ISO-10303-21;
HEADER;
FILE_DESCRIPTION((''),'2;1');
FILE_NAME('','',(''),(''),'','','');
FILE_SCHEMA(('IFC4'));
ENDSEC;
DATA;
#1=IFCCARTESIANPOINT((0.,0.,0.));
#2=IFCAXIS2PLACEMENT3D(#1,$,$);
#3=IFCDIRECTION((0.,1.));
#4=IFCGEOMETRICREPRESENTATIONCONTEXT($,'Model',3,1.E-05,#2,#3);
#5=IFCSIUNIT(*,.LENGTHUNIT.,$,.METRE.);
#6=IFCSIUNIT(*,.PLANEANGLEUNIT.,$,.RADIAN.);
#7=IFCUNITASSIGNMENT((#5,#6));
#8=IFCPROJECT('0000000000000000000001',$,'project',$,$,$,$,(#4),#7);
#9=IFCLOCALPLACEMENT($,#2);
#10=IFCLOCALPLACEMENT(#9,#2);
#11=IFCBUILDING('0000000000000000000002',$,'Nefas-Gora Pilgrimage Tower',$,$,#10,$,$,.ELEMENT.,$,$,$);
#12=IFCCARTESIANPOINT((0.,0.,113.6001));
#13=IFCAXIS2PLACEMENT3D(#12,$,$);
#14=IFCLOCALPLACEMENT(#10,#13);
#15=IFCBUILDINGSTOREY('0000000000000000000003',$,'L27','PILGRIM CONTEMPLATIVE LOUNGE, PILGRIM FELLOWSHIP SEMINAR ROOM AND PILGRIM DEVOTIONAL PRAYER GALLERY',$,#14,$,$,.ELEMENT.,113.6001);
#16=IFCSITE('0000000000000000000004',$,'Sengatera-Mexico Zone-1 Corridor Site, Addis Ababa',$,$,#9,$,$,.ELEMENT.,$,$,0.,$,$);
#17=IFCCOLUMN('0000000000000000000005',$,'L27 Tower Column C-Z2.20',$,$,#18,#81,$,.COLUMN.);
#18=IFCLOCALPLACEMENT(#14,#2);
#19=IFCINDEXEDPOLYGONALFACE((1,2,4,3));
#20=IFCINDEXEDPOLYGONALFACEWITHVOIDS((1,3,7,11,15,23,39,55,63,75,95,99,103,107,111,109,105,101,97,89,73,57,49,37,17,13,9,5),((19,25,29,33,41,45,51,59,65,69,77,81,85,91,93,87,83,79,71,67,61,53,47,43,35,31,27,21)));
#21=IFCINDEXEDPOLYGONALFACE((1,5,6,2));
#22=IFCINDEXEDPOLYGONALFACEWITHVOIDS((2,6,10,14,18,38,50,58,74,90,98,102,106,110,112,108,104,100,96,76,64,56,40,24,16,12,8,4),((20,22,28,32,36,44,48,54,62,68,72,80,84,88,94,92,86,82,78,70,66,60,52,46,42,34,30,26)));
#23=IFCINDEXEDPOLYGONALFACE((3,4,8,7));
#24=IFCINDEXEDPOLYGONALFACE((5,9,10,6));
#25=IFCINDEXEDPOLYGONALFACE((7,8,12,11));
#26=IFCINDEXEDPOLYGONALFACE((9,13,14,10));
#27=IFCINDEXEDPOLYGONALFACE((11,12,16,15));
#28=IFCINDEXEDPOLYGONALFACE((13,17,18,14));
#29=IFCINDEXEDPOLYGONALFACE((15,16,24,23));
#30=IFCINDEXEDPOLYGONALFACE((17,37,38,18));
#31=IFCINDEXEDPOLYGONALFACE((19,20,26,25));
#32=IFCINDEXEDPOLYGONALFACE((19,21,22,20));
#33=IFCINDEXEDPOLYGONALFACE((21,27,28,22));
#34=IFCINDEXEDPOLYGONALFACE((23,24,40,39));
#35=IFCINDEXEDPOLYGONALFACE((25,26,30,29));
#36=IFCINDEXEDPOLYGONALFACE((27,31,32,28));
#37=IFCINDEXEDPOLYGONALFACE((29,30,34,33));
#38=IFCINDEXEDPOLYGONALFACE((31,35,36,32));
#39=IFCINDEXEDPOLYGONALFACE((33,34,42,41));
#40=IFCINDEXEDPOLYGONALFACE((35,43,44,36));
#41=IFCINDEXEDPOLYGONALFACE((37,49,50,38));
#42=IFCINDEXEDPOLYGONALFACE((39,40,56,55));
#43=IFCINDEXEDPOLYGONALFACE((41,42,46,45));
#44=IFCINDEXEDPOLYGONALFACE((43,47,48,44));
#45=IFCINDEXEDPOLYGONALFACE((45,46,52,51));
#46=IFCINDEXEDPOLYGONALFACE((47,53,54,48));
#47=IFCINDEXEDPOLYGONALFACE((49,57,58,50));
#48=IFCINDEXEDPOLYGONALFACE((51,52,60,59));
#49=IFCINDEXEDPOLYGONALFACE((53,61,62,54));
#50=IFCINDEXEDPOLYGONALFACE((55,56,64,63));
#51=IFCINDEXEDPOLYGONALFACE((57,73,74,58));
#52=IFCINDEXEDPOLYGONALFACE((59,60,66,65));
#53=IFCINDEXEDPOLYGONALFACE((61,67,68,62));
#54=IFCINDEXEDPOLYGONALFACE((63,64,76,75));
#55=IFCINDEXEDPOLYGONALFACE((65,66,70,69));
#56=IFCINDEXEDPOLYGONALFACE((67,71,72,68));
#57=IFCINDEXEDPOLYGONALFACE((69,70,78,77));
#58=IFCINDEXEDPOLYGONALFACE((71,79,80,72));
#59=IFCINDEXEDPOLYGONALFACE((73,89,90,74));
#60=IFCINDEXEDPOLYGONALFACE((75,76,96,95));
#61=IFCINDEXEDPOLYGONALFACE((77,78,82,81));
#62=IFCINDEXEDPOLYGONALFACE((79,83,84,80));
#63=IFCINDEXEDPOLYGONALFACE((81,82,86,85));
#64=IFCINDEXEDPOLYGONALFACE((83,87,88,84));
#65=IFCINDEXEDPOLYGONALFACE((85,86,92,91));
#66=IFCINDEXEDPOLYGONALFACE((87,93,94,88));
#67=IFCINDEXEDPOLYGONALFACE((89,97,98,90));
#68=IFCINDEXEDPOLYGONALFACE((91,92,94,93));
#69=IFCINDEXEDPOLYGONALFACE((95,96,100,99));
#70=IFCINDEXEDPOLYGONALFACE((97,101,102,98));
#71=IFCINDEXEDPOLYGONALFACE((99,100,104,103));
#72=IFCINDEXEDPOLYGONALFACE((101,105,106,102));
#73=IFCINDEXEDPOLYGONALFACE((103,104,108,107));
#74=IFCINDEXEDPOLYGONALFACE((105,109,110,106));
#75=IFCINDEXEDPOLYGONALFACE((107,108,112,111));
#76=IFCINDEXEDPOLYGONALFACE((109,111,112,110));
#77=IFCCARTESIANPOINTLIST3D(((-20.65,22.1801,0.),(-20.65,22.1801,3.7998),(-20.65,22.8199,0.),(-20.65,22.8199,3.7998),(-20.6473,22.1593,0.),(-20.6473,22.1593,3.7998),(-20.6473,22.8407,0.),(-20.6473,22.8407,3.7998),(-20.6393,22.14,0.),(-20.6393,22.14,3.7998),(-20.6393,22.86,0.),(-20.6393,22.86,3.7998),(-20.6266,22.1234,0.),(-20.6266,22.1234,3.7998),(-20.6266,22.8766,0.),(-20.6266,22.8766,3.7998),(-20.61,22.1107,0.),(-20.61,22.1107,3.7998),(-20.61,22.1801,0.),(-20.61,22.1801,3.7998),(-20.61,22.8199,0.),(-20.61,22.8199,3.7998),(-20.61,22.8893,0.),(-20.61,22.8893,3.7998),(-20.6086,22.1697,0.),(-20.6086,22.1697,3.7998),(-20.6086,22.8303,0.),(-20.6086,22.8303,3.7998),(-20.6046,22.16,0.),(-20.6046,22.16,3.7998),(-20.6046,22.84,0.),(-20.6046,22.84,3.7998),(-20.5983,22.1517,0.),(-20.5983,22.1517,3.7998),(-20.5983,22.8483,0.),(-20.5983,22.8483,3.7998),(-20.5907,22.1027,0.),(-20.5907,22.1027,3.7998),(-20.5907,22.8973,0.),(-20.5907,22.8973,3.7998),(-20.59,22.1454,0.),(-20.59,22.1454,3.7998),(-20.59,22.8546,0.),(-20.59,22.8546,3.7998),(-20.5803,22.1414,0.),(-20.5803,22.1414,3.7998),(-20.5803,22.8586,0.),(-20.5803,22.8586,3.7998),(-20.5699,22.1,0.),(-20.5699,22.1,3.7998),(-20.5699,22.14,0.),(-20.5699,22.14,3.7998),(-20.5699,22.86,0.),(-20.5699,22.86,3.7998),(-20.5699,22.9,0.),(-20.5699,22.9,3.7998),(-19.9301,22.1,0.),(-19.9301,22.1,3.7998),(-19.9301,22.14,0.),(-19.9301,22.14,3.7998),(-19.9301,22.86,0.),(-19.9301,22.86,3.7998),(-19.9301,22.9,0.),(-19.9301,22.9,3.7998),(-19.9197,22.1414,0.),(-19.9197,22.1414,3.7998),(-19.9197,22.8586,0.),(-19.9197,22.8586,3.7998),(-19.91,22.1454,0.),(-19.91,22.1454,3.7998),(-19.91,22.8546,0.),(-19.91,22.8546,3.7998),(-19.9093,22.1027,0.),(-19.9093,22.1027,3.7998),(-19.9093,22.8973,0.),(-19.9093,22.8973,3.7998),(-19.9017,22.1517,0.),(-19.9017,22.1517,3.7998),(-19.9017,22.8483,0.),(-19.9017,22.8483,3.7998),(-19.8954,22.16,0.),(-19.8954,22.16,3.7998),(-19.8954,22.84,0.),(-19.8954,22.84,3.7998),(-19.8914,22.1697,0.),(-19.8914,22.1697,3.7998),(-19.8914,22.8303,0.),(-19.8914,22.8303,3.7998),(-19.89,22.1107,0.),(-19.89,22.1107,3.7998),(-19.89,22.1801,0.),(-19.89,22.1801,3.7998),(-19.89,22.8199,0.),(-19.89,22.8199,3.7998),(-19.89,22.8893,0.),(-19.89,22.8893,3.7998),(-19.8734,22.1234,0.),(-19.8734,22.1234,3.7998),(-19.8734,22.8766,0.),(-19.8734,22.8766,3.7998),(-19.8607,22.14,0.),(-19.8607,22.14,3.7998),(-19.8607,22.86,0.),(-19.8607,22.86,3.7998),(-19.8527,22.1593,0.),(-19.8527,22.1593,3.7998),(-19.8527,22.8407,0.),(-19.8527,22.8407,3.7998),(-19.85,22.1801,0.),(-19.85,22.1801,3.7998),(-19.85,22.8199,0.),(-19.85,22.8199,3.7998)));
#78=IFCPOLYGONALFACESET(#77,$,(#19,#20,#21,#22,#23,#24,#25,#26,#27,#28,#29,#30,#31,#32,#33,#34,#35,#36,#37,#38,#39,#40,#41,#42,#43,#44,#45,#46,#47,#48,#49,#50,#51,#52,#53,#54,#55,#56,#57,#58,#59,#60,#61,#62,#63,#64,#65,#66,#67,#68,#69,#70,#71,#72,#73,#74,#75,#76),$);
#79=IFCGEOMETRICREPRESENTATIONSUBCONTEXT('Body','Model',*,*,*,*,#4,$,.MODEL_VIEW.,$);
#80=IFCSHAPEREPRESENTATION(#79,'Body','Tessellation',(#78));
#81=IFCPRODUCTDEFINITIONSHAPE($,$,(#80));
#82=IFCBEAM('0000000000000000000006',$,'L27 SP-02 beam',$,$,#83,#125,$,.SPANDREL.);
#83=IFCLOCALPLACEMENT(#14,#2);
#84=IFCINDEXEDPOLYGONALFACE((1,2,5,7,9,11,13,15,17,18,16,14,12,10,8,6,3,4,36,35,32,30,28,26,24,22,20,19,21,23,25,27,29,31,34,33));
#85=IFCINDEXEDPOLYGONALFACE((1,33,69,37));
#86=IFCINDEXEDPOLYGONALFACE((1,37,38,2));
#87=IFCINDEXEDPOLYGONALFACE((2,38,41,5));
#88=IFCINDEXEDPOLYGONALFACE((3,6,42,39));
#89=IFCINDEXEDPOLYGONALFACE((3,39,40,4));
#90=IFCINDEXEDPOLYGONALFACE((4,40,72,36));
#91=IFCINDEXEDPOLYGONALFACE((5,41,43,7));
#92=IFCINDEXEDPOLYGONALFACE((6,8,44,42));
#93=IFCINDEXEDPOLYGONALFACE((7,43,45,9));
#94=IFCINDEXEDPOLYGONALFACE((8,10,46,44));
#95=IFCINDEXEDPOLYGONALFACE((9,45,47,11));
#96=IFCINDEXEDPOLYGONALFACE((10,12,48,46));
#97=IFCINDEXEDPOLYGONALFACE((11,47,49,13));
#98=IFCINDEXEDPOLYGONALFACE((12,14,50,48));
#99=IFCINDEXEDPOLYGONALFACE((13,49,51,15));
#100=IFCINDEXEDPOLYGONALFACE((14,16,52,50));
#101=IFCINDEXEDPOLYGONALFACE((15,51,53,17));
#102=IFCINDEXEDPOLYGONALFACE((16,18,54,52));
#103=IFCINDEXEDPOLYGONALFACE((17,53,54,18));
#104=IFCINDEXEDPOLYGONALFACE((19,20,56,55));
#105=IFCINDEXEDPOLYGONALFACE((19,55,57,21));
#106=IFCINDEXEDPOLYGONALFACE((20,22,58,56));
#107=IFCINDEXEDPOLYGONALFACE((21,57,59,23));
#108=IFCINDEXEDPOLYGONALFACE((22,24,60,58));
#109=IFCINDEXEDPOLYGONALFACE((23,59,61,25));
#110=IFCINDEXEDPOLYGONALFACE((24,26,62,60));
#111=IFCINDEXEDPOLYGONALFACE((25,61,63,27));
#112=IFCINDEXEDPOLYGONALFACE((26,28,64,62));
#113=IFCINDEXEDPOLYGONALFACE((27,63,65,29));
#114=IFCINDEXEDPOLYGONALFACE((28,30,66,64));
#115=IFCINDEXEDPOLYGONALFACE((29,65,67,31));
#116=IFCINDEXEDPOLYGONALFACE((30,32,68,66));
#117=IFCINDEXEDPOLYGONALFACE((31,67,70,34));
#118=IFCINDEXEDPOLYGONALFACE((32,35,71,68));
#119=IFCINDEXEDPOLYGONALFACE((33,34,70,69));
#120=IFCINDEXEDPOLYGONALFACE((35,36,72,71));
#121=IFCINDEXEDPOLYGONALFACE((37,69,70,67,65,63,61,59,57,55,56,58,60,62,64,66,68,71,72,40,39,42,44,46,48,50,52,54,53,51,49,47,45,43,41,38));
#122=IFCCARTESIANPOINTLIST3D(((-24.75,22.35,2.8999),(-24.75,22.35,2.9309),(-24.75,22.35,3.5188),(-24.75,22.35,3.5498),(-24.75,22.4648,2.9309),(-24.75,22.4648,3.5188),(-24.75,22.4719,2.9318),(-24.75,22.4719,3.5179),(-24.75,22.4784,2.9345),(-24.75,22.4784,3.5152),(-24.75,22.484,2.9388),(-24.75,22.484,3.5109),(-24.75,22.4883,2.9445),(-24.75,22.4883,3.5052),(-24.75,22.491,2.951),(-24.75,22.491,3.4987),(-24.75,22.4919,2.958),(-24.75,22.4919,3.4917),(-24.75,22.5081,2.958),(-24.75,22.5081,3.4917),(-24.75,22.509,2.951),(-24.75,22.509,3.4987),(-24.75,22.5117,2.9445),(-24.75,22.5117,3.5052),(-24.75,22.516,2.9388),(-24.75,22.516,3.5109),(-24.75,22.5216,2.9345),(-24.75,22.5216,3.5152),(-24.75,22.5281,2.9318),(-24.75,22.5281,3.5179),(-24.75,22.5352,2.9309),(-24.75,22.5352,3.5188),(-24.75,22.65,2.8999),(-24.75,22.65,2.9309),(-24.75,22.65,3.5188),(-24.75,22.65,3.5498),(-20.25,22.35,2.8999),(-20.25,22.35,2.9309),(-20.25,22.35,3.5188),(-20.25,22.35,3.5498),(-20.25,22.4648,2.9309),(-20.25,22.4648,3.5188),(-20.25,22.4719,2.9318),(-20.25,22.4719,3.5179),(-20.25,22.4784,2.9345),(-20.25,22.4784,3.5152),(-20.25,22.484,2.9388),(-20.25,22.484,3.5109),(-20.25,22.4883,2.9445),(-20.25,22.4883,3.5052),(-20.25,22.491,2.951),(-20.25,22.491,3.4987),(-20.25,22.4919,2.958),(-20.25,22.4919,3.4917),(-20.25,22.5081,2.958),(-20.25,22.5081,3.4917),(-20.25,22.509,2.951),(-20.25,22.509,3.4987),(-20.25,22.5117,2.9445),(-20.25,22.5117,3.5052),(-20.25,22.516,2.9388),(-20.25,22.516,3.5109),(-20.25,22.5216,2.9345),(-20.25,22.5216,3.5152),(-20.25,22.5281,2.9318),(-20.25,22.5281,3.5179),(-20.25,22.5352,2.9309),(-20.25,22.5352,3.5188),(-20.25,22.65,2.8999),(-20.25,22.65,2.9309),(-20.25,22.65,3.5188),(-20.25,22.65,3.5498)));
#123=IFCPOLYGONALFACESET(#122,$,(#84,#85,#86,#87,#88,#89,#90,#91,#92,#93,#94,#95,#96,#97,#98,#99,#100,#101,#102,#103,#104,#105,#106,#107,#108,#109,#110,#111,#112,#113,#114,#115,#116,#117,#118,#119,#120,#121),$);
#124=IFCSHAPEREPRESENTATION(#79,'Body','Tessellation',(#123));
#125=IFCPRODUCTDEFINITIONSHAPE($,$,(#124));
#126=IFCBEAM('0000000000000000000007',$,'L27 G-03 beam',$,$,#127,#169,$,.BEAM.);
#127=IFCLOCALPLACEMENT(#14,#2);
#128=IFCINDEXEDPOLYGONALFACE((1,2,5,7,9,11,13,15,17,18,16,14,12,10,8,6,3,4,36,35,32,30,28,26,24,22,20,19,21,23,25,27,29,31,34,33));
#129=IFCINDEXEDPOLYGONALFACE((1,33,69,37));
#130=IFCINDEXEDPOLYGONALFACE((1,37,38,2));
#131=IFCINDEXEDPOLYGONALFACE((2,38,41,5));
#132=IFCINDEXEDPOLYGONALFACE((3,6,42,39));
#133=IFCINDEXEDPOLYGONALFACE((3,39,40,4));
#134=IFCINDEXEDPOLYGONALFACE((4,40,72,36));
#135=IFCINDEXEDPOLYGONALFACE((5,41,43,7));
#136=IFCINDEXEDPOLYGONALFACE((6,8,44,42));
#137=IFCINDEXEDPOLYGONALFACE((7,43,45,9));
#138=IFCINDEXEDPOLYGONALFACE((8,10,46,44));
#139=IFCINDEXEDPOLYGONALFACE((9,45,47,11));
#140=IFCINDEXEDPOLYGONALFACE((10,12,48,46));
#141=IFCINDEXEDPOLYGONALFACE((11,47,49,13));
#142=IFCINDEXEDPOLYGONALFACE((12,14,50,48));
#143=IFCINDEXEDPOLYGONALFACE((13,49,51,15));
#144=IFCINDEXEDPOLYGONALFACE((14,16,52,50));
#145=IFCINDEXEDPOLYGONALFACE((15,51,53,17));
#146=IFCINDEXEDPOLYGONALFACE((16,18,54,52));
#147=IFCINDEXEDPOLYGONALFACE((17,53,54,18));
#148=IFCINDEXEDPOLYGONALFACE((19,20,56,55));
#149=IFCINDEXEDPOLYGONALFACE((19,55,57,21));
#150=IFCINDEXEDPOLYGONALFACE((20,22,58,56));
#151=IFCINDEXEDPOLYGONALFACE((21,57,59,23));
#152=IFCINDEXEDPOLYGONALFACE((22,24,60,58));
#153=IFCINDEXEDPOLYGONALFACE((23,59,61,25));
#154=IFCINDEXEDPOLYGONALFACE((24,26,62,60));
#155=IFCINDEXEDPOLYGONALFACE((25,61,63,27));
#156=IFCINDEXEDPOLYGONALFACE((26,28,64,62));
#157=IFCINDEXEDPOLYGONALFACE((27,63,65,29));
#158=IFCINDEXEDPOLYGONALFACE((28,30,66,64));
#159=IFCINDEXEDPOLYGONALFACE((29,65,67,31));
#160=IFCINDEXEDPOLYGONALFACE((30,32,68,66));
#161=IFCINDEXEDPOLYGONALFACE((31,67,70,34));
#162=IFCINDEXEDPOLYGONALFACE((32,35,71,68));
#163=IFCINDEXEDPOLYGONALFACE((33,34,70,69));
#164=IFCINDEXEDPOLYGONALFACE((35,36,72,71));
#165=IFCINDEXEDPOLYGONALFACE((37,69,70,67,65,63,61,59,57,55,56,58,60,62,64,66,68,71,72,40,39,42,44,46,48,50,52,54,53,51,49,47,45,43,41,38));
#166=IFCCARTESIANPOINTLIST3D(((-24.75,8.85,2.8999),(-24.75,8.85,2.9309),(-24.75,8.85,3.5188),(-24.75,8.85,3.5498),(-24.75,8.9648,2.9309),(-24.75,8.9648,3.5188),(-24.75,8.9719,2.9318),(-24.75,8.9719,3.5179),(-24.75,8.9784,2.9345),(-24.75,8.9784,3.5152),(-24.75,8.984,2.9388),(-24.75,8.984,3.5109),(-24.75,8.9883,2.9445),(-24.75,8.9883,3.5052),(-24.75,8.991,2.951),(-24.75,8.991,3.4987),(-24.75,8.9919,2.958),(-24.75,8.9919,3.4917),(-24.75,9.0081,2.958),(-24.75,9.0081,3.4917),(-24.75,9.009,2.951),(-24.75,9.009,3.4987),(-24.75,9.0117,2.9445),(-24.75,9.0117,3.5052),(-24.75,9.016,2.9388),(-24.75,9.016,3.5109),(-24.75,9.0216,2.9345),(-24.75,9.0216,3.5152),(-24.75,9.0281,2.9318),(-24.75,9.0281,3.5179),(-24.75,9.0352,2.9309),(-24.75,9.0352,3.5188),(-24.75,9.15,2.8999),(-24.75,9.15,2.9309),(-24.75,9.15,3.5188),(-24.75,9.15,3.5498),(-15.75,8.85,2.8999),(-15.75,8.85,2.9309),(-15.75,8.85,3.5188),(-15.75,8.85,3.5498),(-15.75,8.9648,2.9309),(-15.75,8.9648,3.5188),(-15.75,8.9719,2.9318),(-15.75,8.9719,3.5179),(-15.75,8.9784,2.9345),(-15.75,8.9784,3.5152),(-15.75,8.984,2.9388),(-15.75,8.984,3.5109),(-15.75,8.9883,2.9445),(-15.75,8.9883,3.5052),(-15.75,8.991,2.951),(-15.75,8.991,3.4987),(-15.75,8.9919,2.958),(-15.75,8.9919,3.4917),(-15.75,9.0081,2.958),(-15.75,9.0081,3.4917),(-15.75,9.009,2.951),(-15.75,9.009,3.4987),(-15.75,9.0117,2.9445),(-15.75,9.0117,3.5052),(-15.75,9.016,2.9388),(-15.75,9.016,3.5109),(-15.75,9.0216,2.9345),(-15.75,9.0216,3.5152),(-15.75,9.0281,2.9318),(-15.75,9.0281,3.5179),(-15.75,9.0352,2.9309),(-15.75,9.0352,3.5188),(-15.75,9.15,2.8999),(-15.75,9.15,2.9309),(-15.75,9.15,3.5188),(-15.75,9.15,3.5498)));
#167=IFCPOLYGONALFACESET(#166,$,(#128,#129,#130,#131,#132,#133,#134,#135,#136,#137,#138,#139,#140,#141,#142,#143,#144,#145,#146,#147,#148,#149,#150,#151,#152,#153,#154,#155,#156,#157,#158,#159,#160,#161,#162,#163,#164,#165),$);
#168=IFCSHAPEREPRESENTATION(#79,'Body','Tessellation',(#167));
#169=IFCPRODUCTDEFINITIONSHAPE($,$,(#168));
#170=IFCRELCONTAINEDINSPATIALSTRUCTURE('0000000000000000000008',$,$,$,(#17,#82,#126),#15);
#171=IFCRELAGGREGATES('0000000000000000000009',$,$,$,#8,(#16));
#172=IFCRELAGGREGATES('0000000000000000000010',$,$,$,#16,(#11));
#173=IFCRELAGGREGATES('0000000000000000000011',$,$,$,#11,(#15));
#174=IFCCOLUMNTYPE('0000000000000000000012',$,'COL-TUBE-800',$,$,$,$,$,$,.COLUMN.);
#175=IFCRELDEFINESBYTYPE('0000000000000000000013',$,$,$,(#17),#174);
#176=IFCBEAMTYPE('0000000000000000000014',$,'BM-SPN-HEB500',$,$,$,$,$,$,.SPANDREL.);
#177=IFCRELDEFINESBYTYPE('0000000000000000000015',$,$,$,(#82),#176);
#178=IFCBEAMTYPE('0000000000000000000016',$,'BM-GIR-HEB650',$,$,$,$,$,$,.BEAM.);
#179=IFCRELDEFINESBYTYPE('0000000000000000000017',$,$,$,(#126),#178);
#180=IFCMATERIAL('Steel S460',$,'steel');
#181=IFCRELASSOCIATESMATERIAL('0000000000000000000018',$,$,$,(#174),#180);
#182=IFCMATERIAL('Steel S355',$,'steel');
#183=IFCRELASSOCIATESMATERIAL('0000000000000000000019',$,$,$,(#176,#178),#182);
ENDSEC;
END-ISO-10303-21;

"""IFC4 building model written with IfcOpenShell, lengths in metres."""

from ifc_helpers import new_model, si_unit, direction, frame, origin, origin_2d, place, context, subcontext, project, spatial, hollow_rectangle, i_section, extrude, source, transform, mapped, material, material_profile, profile_set, type_object, element, save


model = new_model("IFC4")

# Units and contexts
model_context = context("Model", 3, precision=1e-05, world=origin(), true_north=direction((0.0, 1.0)))
body_context = subcontext(model_context, "Body", "Model", "MODEL_VIEW")
ifc_project = project(units=[si_unit("LENGTHUNIT", "METRE"), si_unit("PLANEANGLEUNIT", "RADIAN")], contexts=[model_context])

# Site, building, storey
site_placement = place(None, origin())
site = spatial("IfcSite", under=ifc_project, at=site_placement, Name="Sengatera-Mexico Zone-1 Corridor Site, Addis Ababa", CompositionType="ELEMENT", RefElevation=0.0)
building_placement = place(site_placement, origin())
building = spatial("IfcBuilding", under=site, at=building_placement, Name="Nefas-Gora Pilgrimage Tower", CompositionType="ELEMENT")
storey_placement = place(building_placement, frame((0.0, 0.0, 113.6001)))
storey = spatial("IfcBuildingStorey", under=building, at=storey_placement, Name="L27", Description="PILGRIM CONTEMPLATIVE LOUNGE, PILGRIM FELLOWSHIP SEMINAR ROOM AND PILGRIM DEVOTIONAL PRAYER GALLERY", CompositionType="ELEMENT", Elevation=113.6001)

# Column
ifc_material_1 = material(Name="Steel S460", Category="steel")
ifc_material_profile_1 = material_profile(ifc_material_1, hollow_rectangle(XDim=0.8, YDim=0.8, WallThickness=0.04, InnerFilletRadius=0.04, OuterFilletRadius=0.0801, at=origin_2d()), Name="BOX 800x800x40")
ifc_profile_set_1 = profile_set([ifc_material_profile_1], Name="Steel S460")
column_type_1 = type_object("IfcColumnType", Name="COL-TUBE-800", PredefinedType="COLUMN", material=ifc_profile_set_1)
shared_shape_1 = source(origin(), body_context, "Body", "SweptSolid", [
    extrude(hollow_rectangle(XDim=0.8, YDim=0.8, WallThickness=0.04, InnerFilletRadius=0.04, OuterFilletRadius=0.0801, at=origin_2d()), origin(), (0.0, 0.0, 1.0), 3.7998),
])
for number, where, z_axis, x_axis, name in (
    (1, (-20.25, 22.5, 0.0), (0.0, 0.0, 1.0), (1.0, 0.0, 0.0), "L27 Tower Column C-Z2.20"),
):
    element("IfcColumn", number, at=place(storey_placement, frame(where, z_axis=z_axis, x_axis=x_axis)), inside=storey, type_object=column_type_1, Name=name, PredefinedType="COLUMN", context=body_context, shape_type="MappedRepresentation", body=[
        mapped(shared_shape_1, transform((0.0, 0.0, 0.0), x_axis=(1.0, 0.0, 0.0), y_axis=(0.0, 1.0, 0.0), z_axis=(0.0, 0.0, 1.0), scale=1.0)),
    ])

# Beams
ifc_material_2 = material(Name="Steel S355", Category="steel")
ifc_material_profile_2 = material_profile(ifc_material_2, i_section(OverallWidth=0.3, OverallDepth=0.6499, WebThickness=0.0161, FlangeThickness=0.031, FilletRadius=0.0271, at=origin_2d()), Name="HEB 650")
ifc_profile_set_2 = profile_set([ifc_material_profile_2], Name="Steel S355")
beam_type_1 = type_object("IfcBeamType", Name="BM-SPN-HEB500", PredefinedType="SPANDREL", material=ifc_profile_set_2)
shared_shape_2 = source(origin(), body_context, "Body", "SweptSolid", [
    extrude(i_section(OverallWidth=0.3, OverallDepth=0.6499, WebThickness=0.0161, FlangeThickness=0.031, FilletRadius=0.0271, at=origin_2d()), origin(), (0.0, 0.0, 1.0), 4.5),
])
beam_placement = place(storey_placement, frame((-24.75, 22.5, 3.2249), z_axis=(1.0, 0.0, 0.0), x_axis=(0.0, 1.0, 0.0)))
element("IfcBeam", 2, at=beam_placement, inside=storey, type_object=beam_type_1, Name="L27 SP-02 beam", PredefinedType="SPANDREL", context=body_context, shape_type="MappedRepresentation", body=[
    mapped(shared_shape_2, transform((0.0, 0.0, 0.0), x_axis=(1.0, 0.0, 0.0), y_axis=(0.0, 1.0, 0.0), z_axis=(0.0, 0.0, 1.0), scale=1.0)),
])
ifc_material_profile_3 = material_profile(ifc_material_2, i_section(OverallWidth=0.3, OverallDepth=0.6499, WebThickness=0.0161, FlangeThickness=0.031, FilletRadius=0.0271, at=origin_2d()), Name="HEB 650")
ifc_profile_set_3 = profile_set([ifc_material_profile_3], Name="Steel S355")
beam_type_2 = type_object("IfcBeamType", Name="BM-GIR-HEB650", PredefinedType="BEAM", material=ifc_profile_set_3)
shared_shape_3 = source(origin(), body_context, "Body", "SweptSolid", [
    extrude(i_section(OverallWidth=0.3, OverallDepth=0.6499, WebThickness=0.0161, FlangeThickness=0.031, FilletRadius=0.0271, at=origin_2d()), origin(), (0.0, 0.0, 1.0), 9.0),
])
for number, where, z_axis, x_axis, name in (
    (3, (-24.75, 9.0, 3.2249), (1.0, 0.0, 0.0), (0.0, 1.0, 0.0), "L27 G-03 beam"),
):
    element("IfcBeam", number, at=place(storey_placement, frame(where, z_axis=z_axis, x_axis=x_axis)), inside=storey, type_object=beam_type_2, Name=name, PredefinedType="BEAM", context=body_context, shape_type="MappedRepresentation", body=[
        mapped(shared_shape_3, transform((0.0, 0.0, 0.0), x_axis=(1.0, 0.0, 0.0), y_axis=(0.0, 1.0, 0.0), z_axis=(0.0, 0.0, 1.0), scale=1.0)),
    ])

save(model, "model.ifc")
